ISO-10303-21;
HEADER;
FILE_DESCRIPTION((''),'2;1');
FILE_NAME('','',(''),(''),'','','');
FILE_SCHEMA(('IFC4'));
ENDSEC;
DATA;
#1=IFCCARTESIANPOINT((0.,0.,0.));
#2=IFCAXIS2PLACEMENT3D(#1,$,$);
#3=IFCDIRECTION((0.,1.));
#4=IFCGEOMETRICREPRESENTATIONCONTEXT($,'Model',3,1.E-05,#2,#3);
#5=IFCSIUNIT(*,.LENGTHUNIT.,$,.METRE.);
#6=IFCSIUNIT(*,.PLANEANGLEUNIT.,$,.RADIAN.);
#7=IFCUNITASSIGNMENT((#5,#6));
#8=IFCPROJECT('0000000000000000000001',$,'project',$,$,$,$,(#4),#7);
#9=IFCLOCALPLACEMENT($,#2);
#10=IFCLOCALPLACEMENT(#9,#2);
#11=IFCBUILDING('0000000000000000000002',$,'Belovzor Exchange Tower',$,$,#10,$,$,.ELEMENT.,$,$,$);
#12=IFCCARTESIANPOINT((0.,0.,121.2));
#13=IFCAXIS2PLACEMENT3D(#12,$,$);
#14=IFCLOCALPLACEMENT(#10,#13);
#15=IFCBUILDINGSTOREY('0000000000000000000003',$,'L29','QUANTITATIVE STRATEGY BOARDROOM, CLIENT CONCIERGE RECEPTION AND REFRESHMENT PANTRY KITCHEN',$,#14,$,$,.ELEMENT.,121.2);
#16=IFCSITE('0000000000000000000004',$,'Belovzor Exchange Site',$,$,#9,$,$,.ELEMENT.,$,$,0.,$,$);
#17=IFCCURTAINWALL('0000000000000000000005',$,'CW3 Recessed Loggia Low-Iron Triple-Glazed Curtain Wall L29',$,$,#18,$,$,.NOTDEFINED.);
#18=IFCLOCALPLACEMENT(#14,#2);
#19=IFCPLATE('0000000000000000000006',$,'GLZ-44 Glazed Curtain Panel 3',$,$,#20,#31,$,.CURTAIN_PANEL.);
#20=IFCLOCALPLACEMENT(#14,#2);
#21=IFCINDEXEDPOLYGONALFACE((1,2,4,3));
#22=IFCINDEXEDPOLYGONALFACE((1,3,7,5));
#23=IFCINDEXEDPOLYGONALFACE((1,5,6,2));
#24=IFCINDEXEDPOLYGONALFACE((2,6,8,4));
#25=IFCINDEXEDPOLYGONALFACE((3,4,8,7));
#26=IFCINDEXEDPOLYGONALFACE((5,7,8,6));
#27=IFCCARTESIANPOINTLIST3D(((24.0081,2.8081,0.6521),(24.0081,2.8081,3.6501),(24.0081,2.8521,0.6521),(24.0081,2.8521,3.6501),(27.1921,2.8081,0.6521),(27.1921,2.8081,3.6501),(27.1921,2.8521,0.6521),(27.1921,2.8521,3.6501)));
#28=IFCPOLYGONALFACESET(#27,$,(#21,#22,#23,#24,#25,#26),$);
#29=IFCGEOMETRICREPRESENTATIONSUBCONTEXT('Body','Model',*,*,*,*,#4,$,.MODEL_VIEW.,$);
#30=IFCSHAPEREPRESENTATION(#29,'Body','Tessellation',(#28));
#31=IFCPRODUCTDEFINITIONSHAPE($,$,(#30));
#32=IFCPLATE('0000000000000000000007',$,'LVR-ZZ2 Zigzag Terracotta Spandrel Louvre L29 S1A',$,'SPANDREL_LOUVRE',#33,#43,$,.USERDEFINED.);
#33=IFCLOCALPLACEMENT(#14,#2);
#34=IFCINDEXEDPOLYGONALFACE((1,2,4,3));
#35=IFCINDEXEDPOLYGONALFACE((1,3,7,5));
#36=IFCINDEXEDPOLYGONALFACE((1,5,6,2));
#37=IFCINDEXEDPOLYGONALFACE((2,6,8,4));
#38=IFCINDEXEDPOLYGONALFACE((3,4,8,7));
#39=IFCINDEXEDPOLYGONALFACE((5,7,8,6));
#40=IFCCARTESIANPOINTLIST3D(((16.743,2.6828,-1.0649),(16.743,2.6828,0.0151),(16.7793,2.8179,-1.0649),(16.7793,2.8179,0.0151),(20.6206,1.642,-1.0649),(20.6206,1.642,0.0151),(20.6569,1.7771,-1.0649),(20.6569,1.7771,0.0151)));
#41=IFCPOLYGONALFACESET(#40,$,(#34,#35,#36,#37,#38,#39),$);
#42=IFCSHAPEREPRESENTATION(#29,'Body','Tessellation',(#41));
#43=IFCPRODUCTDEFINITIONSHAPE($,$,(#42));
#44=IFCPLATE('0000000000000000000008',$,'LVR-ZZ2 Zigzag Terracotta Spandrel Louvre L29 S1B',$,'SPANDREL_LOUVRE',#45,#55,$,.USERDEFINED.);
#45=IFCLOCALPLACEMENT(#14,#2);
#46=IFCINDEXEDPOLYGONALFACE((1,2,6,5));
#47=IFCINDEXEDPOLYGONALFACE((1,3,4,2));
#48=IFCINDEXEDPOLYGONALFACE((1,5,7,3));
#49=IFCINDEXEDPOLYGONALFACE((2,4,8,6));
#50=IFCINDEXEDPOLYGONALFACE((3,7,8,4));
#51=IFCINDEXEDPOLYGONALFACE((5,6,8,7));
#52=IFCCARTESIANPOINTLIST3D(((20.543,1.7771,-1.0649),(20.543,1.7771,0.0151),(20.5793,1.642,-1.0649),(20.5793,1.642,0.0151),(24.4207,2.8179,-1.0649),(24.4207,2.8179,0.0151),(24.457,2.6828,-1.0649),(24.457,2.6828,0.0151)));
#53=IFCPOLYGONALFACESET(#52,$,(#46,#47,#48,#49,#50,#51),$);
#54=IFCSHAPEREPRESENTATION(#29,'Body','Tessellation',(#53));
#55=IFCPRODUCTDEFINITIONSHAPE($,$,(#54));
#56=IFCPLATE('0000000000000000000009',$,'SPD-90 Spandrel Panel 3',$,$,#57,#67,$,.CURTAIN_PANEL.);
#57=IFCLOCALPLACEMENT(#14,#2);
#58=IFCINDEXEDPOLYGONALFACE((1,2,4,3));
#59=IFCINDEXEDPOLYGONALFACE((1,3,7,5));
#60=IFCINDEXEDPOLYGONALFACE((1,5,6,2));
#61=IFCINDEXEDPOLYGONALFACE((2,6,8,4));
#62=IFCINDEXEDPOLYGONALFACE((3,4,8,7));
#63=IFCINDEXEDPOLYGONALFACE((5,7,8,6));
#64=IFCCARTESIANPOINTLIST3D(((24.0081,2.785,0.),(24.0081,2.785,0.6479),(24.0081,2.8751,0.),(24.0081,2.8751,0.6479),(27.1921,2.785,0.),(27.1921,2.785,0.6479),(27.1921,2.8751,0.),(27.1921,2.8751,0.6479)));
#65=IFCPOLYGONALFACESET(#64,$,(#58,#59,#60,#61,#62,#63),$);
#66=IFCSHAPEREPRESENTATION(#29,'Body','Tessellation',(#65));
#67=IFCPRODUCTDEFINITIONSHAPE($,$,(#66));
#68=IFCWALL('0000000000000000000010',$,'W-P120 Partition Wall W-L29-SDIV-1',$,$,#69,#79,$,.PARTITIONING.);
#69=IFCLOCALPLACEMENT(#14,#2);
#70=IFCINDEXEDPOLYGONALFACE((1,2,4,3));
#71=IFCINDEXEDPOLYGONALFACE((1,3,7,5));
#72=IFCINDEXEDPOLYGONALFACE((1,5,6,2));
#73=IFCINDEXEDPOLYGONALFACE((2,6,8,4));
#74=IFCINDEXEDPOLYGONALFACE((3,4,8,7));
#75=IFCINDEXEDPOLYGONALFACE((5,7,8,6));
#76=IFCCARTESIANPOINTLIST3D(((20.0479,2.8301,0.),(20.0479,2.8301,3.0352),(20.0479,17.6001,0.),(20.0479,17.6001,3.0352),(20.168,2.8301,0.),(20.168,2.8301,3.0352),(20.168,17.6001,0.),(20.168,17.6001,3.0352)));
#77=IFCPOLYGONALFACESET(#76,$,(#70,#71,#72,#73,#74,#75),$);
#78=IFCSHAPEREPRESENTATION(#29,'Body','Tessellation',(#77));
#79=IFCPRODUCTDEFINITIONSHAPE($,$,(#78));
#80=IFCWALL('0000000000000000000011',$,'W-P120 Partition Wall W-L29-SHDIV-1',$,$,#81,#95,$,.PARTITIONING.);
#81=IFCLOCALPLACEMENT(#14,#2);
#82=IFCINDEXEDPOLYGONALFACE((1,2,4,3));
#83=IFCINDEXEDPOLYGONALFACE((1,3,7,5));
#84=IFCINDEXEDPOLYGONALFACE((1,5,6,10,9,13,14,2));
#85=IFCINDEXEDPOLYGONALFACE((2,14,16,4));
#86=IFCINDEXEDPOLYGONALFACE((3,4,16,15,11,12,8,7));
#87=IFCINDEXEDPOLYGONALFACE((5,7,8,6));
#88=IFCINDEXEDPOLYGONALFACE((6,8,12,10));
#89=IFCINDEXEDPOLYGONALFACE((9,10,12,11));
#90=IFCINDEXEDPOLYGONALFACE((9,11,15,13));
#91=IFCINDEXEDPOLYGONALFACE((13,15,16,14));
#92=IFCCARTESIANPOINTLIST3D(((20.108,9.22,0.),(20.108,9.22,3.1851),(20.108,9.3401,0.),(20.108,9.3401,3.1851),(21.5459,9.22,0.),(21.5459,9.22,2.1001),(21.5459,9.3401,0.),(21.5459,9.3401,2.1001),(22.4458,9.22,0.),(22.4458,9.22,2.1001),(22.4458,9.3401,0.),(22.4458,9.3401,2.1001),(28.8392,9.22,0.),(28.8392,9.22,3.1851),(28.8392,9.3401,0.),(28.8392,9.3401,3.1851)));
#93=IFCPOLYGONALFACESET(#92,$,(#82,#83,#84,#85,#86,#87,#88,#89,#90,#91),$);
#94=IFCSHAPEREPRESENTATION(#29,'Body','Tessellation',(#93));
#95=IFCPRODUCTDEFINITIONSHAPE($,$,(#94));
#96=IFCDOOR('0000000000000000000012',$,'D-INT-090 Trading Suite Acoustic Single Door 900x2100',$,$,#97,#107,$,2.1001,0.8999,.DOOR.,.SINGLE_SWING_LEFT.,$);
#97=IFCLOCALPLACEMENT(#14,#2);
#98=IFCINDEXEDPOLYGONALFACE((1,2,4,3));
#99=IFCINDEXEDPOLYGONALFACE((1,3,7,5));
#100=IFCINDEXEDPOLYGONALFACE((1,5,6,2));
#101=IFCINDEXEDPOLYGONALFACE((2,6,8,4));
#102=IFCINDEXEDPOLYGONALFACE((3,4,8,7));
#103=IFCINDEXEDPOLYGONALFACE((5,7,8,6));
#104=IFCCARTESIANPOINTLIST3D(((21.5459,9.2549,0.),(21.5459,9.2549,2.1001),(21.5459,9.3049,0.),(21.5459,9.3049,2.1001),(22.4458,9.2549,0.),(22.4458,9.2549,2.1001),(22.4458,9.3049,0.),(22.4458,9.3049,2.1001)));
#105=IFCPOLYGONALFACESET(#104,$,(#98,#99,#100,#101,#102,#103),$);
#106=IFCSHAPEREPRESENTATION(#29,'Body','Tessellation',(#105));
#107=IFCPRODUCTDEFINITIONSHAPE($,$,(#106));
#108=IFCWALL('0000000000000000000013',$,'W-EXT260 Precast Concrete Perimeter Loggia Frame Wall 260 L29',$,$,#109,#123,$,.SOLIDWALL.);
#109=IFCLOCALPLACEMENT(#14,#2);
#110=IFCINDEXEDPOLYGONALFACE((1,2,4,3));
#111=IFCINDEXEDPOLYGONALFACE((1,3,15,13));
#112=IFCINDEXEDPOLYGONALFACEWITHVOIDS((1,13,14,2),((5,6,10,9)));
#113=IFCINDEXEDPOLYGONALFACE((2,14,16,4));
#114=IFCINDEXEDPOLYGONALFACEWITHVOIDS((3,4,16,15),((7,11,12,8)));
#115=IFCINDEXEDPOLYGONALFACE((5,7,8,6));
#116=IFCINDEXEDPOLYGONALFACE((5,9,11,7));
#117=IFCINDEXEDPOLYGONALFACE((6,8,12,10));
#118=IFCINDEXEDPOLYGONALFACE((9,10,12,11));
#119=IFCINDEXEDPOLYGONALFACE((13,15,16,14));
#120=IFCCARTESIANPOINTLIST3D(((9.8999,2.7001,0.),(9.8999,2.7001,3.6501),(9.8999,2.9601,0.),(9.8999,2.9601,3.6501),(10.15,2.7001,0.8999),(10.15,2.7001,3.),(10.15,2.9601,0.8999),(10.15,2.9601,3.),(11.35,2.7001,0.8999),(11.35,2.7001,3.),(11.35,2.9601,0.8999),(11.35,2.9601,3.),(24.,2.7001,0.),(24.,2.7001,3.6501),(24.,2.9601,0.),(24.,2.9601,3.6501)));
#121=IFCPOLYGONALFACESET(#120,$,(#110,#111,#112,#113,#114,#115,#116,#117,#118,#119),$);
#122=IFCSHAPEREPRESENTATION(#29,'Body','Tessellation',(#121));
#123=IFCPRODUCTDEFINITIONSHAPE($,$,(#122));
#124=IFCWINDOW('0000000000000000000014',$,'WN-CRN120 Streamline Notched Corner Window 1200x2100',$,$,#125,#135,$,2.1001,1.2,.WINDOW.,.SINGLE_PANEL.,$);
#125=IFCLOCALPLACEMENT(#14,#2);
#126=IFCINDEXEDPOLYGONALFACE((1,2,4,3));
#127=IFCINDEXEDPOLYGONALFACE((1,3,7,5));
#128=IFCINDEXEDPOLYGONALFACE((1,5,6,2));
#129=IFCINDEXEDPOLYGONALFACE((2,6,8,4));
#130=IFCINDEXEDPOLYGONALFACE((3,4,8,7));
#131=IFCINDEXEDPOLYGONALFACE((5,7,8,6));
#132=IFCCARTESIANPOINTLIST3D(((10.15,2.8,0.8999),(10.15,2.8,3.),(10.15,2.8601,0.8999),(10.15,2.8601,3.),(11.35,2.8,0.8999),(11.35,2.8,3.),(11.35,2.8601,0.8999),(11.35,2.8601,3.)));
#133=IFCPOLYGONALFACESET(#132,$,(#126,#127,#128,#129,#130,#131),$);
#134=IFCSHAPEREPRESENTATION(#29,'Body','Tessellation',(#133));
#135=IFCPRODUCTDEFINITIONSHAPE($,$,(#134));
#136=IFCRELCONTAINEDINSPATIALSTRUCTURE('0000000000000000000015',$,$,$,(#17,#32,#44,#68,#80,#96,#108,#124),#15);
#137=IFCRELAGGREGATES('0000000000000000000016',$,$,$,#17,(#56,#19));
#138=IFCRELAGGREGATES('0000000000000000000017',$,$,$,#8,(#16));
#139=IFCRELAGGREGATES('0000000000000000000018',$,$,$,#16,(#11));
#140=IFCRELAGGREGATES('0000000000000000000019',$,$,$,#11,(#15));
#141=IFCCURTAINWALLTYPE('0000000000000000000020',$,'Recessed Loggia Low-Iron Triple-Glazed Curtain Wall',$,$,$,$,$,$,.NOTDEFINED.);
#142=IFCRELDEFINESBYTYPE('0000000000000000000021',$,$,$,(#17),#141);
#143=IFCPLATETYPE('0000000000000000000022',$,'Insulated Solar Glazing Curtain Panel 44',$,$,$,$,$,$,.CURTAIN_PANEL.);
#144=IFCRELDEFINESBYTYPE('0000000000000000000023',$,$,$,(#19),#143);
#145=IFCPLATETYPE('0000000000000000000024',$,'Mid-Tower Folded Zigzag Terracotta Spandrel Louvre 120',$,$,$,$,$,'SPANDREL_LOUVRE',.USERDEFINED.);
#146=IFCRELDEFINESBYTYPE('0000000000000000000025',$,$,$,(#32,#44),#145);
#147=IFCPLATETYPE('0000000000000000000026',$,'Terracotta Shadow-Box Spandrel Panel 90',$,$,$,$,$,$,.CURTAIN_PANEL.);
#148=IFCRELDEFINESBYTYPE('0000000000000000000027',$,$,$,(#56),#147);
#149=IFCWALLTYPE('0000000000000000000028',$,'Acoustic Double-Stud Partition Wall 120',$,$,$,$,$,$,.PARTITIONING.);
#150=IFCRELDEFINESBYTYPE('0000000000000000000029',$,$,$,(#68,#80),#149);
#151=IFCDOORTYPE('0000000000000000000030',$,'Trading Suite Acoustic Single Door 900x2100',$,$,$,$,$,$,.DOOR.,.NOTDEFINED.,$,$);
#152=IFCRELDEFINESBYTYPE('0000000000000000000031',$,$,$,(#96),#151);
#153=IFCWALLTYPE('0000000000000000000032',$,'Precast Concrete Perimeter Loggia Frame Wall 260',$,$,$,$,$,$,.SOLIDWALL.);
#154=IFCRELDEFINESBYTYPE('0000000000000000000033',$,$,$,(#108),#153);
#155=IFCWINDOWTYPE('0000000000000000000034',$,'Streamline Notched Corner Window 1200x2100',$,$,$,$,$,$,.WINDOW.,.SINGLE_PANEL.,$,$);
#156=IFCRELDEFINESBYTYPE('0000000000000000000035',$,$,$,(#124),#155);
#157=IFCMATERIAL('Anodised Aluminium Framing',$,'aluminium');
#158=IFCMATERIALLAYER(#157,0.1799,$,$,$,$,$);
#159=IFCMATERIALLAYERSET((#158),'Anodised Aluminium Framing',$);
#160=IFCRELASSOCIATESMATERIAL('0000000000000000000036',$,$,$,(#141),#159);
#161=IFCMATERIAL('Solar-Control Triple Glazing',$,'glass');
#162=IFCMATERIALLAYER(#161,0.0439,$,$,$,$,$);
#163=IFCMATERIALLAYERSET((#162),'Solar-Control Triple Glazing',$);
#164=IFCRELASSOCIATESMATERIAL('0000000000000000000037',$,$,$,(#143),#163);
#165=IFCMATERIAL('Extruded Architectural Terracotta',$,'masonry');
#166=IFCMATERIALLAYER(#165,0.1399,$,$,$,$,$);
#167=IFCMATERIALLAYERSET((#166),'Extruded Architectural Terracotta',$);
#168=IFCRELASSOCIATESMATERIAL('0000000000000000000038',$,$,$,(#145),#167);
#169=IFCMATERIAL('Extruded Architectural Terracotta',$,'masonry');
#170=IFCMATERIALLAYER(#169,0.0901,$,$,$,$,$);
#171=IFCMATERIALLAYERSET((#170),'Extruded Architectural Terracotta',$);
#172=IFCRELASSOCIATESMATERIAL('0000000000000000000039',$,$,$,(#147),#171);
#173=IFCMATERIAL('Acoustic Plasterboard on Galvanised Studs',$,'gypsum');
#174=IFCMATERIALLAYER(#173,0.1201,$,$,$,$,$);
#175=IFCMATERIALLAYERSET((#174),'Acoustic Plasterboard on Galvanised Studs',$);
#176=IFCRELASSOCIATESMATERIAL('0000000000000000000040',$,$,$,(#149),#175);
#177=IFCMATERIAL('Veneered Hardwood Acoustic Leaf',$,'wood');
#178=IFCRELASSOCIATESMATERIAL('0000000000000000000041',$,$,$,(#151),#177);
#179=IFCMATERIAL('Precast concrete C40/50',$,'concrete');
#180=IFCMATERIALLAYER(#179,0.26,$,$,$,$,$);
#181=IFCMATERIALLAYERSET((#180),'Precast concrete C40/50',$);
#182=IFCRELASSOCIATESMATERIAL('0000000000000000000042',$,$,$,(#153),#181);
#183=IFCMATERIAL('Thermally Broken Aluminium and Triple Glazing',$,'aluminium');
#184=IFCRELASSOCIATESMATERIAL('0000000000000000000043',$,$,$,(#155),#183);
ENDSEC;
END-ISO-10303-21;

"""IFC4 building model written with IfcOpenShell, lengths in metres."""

from ifc_helpers import new_model, si_unit, direction, frame, frame_2d, origin, origin_2d, place, context, subcontext, project, spatial, rectangle, extrude, material, layer, layer_set, type_object, element, fill, aggregate, save


model = new_model("IFC4")

# Units and contexts
model_context = context("Model", 3, precision=1e-05, world=origin(), true_north=direction((0.0, 1.0)))
body_context = subcontext(model_context, "Body", "Model", "MODEL_VIEW")
ifc_project = project(units=[si_unit("LENGTHUNIT", "METRE"), si_unit("PLANEANGLEUNIT", "RADIAN")], contexts=[model_context])

# Site, building, storey
site_placement = place(None, origin())
site = spatial("IfcSite", under=ifc_project, at=site_placement, Name="Belovzor Exchange Site", CompositionType="ELEMENT", RefElevation=0.0)
building_placement = place(site_placement, origin())
building = spatial("IfcBuilding", under=site, at=building_placement, Name="Belovzor Exchange Tower", CompositionType="ELEMENT")
storey_placement = place(building_placement, frame((0.0, 0.0, 121.2)))
storey = spatial("IfcBuildingStorey", under=building, at=storey_placement, Name="L29", Description="QUANTITATIVE STRATEGY BOARDROOM, CLIENT CONCIERGE RECEPTION AND REFRESHMENT PANTRY KITCHEN", CompositionType="ELEMENT", Elevation=121.2)

# Curtain wall
ifc_material_1 = material(Name="Anodised Aluminium Framing", Category="aluminium")
ifc_layer_1 = layer(ifc_material_1, 0.1799)
ifc_layer_set_1 = layer_set([ifc_layer_1], Name="Anodised Aluminium Framing")
curtain_wall_type = type_object("IfcCurtainWallType", Name="Recessed Loggia Low-Iron Triple-Glazed Curtain Wall", PredefinedType="NOTDEFINED", material=ifc_layer_set_1)
curtain_wall_placement = place(storey_placement, origin())
curtain_wall = element("IfcCurtainWall", 1, at=curtain_wall_placement, inside=storey, type_object=curtain_wall_type, Name="CW3 Recessed Loggia Low-Iron Triple-Glazed Curtain Wall L29", PredefinedType="NOTDEFINED")

# Plate
ifc_material_2 = material(Name="Solar-Control Triple Glazing", Category="glass")
ifc_layer_2 = layer(ifc_material_2, 0.0439)
ifc_layer_set_2 = layer_set([ifc_layer_2], Name="Solar-Control Triple Glazing")
plate_type_1 = type_object("IfcPlateType", Name="Insulated Solar Glazing Curtain Panel 44", PredefinedType="CURTAIN_PANEL", material=ifc_layer_set_2)
plate_1_placement = place(storey_placement, frame((25.6001, 2.8301, 0.6521), z_axis=(0.0, 0.0, 1.0), x_axis=(-1.0, 0.0, 0.0)))
plate_1 = element("IfcPlate", 2, at=plate_1_placement, type_object=plate_type_1, Name="GLZ-44 Glazed Curtain Panel 3", PredefinedType="CURTAIN_PANEL", context=body_context, shape_type="SweptSolid", body=[
    extrude(rectangle(XDim=3.1841, YDim=0.0439, at=origin_2d()), origin(), (0.0, 0.0, 1.0), 2.998),
])

# Plates
ifc_material_3 = material(Name="Extruded Architectural Terracotta", Category="masonry")
ifc_layer_3 = layer(ifc_material_3, 0.1399)
ifc_layer_set_3 = layer_set([ifc_layer_3], Name="Extruded Architectural Terracotta")
plate_type_2 = type_object("IfcPlateType", Name="Mid-Tower Folded Zigzag Terracotta Spandrel Louvre 120", ElementType="SPANDREL_LOUVRE", PredefinedType="USERDEFINED", material=ifc_layer_set_3)
for number, where, z_axis, x_axis, name in (
    (3, (18.7, 2.23, -1.0649), (0.0, 0.0, 1.0), (0.965813, -0.25924, 0.0), "LVR-ZZ2 Zigzag Terracotta Spandrel Louvre L29 S1A"),
    (4, (22.5, 2.23, -1.0649), (0.0, 0.0, 1.0), (0.965813, 0.25924, 0.0), "LVR-ZZ2 Zigzag Terracotta Spandrel Louvre L29 S1B"),
):
    element("IfcPlate", number, at=place(storey_placement, frame(where, z_axis=z_axis, x_axis=x_axis)), inside=storey, type_object=plate_type_2, Name=name, ObjectType="SPANDREL_LOUVRE", PredefinedType="USERDEFINED", context=body_context, shape_type="SweptSolid", body=[
        extrude(rectangle(XDim=4.0149, YDim=0.1399, at=origin_2d()), origin(), (0.0, 0.0, 1.0), 1.0801),
    ])

# Plate
ifc_material_4 = material(Name="Extruded Architectural Terracotta", Category="masonry")
ifc_layer_4 = layer(ifc_material_4, 0.0901)
ifc_layer_set_4 = layer_set([ifc_layer_4], Name="Extruded Architectural Terracotta")
plate_type_3 = type_object("IfcPlateType", Name="Terracotta Shadow-Box Spandrel Panel 90", PredefinedType="CURTAIN_PANEL", material=ifc_layer_set_4)
plate_2_placement = place(storey_placement, frame((25.6001, 2.8301, 0.0), z_axis=(0.0, 0.0, 1.0), x_axis=(-1.0, 0.0, 0.0)))
plate_2 = element("IfcPlate", 5, at=plate_2_placement, type_object=plate_type_3, Name="SPD-90 Spandrel Panel 3", PredefinedType="CURTAIN_PANEL", context=body_context, shape_type="SweptSolid", body=[
    extrude(rectangle(XDim=3.1841, YDim=0.0901, at=origin_2d()), origin(), (0.0, 0.0, 1.0), 0.6479),
])
aggregate(curtain_wall, [plate_2, plate_1])

# Wall
ifc_material_5 = material(Name="Acoustic Plasterboard on Galvanised Studs", Category="gypsum")
ifc_layer_5 = layer(ifc_material_5, 0.1201)
ifc_layer_set_5 = layer_set([ifc_layer_5], Name="Acoustic Plasterboard on Galvanised Studs")
wall_type_1 = type_object("IfcWallType", Name="Acoustic Double-Stud Partition Wall 120", PredefinedType="PARTITIONING", material=ifc_layer_set_5)
wall_1_placement = place(storey_placement, frame((20.1079, 2.8301, 0.0), z_axis=(0.0, 0.0, 1.0), x_axis=(0.0, 1.0, 0.0)))
element("IfcWall", 6, at=wall_1_placement, inside=storey, type_object=wall_type_1, Name="W-P120 Partition Wall W-L29-SDIV-1", PredefinedType="PARTITIONING", context=body_context, shape_type="SweptSolid", body=[
    extrude(rectangle(XDim=14.77, YDim=0.1201, at=frame_2d((7.385, 0.0))), origin(), (0.0, 0.0, 1.0), 3.0352),
])

# Wall, opening, door
wall_2_placement = place(storey_placement, frame((20.1079, 9.28, 0.0), z_axis=(0.0, 0.0, 1.0), x_axis=(1.0, 0.0, 0.0)))
wall_2 = element("IfcWall", 7, at=wall_2_placement, inside=storey, type_object=wall_type_1, Name="W-P120 Partition Wall W-L29-SHDIV-1", PredefinedType="PARTITIONING", context=body_context, shape_type="SweptSolid", body=[
    extrude(rectangle(XDim=8.7312, YDim=0.1201, at=frame_2d((4.3657, 0.0))), origin(), (0.0, 0.0, 1.0), 3.1851),
])
opening_1_placement = place(wall_2_placement, frame((1.438, 0.0, 0.0)))
opening_1 = element("IfcOpeningElement", 8, at=opening_1_placement, cuts=wall_2, PredefinedType="OPENING", context=body_context, shape_type="SweptSolid", body=[
    extrude(rectangle(XDim=0.8999, YDim=2.1001, at=frame_2d((0.45, 1.05))), frame((0.0, 0.0701, 0.0), z_axis=(0.0, -1.0, 0.0), x_axis=(1.0, 0.0, 0.0)), (0.0, 0.0, 1.0), 0.1401),
])
ifc_material_6 = material(Name="Veneered Hardwood Acoustic Leaf", Category="wood")
door_type = type_object("IfcDoorType", Name="Trading Suite Acoustic Single Door 900x2100", OperationType="NOTDEFINED", PredefinedType="DOOR", material=ifc_material_6)
door_placement = place(opening_1_placement, origin())
door = element("IfcDoor", 9, at=door_placement, inside=storey, type_object=door_type, Name="D-INT-090 Trading Suite Acoustic Single Door 900x2100", OperationType="SINGLE_SWING_LEFT", OverallHeight=2.1001, OverallWidth=0.8999, PredefinedType="DOOR", context=body_context, shape_type="SweptSolid", body=[
    extrude(rectangle(XDim=0.8999, YDim=2.1001, at=frame_2d((0.45, 1.05))), frame((0.0, 0.0249, 0.0), z_axis=(0.0, -1.0, 0.0), x_axis=(1.0, 0.0, 0.0)), (0.0, 0.0, 1.0), 0.05),
])
fill(opening_1, door)

# Wall, opening, window
ifc_material_7 = material(Name="Precast concrete C40/50", Category="concrete")
ifc_layer_6 = layer(ifc_material_7, 0.26)
ifc_layer_set_6 = layer_set([ifc_layer_6], Name="Precast concrete C40/50")
wall_type_2 = type_object("IfcWallType", Name="Precast Concrete Perimeter Loggia Frame Wall 260", PredefinedType="SOLIDWALL", material=ifc_layer_set_6)
wall_3_placement = place(storey_placement, frame((24.0, 2.8301, 0.0), z_axis=(0.0, 0.0, 1.0), x_axis=(-1.0, 0.0, 0.0)))
wall_3 = element("IfcWall", 10, at=wall_3_placement, inside=storey, type_object=wall_type_2, Name="W-EXT260 Precast Concrete Perimeter Loggia Frame Wall 260 L29", PredefinedType="SOLIDWALL", context=body_context, shape_type="SweptSolid", body=[
    extrude(rectangle(XDim=14.1001, YDim=0.26, at=frame_2d((7.05, 0.0))), origin(), (0.0, 0.0, 1.0), 3.6501),
])
opening_2_placement = place(wall_3_placement, frame((12.6499, 0.0, 0.8999)))
opening_2 = element("IfcOpeningElement", 11, at=opening_2_placement, cuts=wall_3, PredefinedType="OPENING", context=body_context, shape_type="SweptSolid", body=[
    extrude(rectangle(XDim=1.2, YDim=2.1001, at=frame_2d((0.6001, 1.05))), frame((0.0, 0.1399, 0.0), z_axis=(0.0, -1.0, 0.0), x_axis=(1.0, 0.0, 0.0)), (0.0, 0.0, 1.0), 0.28),
])
ifc_material_8 = material(Name="Thermally Broken Aluminium and Triple Glazing", Category="aluminium")
window_type = type_object("IfcWindowType", Name="Streamline Notched Corner Window 1200x2100", PartitioningType="SINGLE_PANEL", PredefinedType="WINDOW", material=ifc_material_8)
window_placement = place(opening_2_placement, origin())
window = element("IfcWindow", 12, at=window_placement, inside=storey, type_object=window_type, Name="WN-CRN120 Streamline Notched Corner Window 1200x2100", OverallHeight=2.1001, OverallWidth=1.2, PartitioningType="SINGLE_PANEL", PredefinedType="WINDOW", context=body_context, shape_type="SweptSolid", body=[
    extrude(rectangle(XDim=1.2, YDim=2.1001, at=frame_2d((0.6001, 1.05))), frame((0.0, 0.03, 0.0), z_axis=(0.0, -1.0, 0.0), x_axis=(1.0, 0.0, 0.0)), (0.0, 0.0, 1.0), 0.0601),
])
fill(opening_2, window)

save(model, "model.ifc")
